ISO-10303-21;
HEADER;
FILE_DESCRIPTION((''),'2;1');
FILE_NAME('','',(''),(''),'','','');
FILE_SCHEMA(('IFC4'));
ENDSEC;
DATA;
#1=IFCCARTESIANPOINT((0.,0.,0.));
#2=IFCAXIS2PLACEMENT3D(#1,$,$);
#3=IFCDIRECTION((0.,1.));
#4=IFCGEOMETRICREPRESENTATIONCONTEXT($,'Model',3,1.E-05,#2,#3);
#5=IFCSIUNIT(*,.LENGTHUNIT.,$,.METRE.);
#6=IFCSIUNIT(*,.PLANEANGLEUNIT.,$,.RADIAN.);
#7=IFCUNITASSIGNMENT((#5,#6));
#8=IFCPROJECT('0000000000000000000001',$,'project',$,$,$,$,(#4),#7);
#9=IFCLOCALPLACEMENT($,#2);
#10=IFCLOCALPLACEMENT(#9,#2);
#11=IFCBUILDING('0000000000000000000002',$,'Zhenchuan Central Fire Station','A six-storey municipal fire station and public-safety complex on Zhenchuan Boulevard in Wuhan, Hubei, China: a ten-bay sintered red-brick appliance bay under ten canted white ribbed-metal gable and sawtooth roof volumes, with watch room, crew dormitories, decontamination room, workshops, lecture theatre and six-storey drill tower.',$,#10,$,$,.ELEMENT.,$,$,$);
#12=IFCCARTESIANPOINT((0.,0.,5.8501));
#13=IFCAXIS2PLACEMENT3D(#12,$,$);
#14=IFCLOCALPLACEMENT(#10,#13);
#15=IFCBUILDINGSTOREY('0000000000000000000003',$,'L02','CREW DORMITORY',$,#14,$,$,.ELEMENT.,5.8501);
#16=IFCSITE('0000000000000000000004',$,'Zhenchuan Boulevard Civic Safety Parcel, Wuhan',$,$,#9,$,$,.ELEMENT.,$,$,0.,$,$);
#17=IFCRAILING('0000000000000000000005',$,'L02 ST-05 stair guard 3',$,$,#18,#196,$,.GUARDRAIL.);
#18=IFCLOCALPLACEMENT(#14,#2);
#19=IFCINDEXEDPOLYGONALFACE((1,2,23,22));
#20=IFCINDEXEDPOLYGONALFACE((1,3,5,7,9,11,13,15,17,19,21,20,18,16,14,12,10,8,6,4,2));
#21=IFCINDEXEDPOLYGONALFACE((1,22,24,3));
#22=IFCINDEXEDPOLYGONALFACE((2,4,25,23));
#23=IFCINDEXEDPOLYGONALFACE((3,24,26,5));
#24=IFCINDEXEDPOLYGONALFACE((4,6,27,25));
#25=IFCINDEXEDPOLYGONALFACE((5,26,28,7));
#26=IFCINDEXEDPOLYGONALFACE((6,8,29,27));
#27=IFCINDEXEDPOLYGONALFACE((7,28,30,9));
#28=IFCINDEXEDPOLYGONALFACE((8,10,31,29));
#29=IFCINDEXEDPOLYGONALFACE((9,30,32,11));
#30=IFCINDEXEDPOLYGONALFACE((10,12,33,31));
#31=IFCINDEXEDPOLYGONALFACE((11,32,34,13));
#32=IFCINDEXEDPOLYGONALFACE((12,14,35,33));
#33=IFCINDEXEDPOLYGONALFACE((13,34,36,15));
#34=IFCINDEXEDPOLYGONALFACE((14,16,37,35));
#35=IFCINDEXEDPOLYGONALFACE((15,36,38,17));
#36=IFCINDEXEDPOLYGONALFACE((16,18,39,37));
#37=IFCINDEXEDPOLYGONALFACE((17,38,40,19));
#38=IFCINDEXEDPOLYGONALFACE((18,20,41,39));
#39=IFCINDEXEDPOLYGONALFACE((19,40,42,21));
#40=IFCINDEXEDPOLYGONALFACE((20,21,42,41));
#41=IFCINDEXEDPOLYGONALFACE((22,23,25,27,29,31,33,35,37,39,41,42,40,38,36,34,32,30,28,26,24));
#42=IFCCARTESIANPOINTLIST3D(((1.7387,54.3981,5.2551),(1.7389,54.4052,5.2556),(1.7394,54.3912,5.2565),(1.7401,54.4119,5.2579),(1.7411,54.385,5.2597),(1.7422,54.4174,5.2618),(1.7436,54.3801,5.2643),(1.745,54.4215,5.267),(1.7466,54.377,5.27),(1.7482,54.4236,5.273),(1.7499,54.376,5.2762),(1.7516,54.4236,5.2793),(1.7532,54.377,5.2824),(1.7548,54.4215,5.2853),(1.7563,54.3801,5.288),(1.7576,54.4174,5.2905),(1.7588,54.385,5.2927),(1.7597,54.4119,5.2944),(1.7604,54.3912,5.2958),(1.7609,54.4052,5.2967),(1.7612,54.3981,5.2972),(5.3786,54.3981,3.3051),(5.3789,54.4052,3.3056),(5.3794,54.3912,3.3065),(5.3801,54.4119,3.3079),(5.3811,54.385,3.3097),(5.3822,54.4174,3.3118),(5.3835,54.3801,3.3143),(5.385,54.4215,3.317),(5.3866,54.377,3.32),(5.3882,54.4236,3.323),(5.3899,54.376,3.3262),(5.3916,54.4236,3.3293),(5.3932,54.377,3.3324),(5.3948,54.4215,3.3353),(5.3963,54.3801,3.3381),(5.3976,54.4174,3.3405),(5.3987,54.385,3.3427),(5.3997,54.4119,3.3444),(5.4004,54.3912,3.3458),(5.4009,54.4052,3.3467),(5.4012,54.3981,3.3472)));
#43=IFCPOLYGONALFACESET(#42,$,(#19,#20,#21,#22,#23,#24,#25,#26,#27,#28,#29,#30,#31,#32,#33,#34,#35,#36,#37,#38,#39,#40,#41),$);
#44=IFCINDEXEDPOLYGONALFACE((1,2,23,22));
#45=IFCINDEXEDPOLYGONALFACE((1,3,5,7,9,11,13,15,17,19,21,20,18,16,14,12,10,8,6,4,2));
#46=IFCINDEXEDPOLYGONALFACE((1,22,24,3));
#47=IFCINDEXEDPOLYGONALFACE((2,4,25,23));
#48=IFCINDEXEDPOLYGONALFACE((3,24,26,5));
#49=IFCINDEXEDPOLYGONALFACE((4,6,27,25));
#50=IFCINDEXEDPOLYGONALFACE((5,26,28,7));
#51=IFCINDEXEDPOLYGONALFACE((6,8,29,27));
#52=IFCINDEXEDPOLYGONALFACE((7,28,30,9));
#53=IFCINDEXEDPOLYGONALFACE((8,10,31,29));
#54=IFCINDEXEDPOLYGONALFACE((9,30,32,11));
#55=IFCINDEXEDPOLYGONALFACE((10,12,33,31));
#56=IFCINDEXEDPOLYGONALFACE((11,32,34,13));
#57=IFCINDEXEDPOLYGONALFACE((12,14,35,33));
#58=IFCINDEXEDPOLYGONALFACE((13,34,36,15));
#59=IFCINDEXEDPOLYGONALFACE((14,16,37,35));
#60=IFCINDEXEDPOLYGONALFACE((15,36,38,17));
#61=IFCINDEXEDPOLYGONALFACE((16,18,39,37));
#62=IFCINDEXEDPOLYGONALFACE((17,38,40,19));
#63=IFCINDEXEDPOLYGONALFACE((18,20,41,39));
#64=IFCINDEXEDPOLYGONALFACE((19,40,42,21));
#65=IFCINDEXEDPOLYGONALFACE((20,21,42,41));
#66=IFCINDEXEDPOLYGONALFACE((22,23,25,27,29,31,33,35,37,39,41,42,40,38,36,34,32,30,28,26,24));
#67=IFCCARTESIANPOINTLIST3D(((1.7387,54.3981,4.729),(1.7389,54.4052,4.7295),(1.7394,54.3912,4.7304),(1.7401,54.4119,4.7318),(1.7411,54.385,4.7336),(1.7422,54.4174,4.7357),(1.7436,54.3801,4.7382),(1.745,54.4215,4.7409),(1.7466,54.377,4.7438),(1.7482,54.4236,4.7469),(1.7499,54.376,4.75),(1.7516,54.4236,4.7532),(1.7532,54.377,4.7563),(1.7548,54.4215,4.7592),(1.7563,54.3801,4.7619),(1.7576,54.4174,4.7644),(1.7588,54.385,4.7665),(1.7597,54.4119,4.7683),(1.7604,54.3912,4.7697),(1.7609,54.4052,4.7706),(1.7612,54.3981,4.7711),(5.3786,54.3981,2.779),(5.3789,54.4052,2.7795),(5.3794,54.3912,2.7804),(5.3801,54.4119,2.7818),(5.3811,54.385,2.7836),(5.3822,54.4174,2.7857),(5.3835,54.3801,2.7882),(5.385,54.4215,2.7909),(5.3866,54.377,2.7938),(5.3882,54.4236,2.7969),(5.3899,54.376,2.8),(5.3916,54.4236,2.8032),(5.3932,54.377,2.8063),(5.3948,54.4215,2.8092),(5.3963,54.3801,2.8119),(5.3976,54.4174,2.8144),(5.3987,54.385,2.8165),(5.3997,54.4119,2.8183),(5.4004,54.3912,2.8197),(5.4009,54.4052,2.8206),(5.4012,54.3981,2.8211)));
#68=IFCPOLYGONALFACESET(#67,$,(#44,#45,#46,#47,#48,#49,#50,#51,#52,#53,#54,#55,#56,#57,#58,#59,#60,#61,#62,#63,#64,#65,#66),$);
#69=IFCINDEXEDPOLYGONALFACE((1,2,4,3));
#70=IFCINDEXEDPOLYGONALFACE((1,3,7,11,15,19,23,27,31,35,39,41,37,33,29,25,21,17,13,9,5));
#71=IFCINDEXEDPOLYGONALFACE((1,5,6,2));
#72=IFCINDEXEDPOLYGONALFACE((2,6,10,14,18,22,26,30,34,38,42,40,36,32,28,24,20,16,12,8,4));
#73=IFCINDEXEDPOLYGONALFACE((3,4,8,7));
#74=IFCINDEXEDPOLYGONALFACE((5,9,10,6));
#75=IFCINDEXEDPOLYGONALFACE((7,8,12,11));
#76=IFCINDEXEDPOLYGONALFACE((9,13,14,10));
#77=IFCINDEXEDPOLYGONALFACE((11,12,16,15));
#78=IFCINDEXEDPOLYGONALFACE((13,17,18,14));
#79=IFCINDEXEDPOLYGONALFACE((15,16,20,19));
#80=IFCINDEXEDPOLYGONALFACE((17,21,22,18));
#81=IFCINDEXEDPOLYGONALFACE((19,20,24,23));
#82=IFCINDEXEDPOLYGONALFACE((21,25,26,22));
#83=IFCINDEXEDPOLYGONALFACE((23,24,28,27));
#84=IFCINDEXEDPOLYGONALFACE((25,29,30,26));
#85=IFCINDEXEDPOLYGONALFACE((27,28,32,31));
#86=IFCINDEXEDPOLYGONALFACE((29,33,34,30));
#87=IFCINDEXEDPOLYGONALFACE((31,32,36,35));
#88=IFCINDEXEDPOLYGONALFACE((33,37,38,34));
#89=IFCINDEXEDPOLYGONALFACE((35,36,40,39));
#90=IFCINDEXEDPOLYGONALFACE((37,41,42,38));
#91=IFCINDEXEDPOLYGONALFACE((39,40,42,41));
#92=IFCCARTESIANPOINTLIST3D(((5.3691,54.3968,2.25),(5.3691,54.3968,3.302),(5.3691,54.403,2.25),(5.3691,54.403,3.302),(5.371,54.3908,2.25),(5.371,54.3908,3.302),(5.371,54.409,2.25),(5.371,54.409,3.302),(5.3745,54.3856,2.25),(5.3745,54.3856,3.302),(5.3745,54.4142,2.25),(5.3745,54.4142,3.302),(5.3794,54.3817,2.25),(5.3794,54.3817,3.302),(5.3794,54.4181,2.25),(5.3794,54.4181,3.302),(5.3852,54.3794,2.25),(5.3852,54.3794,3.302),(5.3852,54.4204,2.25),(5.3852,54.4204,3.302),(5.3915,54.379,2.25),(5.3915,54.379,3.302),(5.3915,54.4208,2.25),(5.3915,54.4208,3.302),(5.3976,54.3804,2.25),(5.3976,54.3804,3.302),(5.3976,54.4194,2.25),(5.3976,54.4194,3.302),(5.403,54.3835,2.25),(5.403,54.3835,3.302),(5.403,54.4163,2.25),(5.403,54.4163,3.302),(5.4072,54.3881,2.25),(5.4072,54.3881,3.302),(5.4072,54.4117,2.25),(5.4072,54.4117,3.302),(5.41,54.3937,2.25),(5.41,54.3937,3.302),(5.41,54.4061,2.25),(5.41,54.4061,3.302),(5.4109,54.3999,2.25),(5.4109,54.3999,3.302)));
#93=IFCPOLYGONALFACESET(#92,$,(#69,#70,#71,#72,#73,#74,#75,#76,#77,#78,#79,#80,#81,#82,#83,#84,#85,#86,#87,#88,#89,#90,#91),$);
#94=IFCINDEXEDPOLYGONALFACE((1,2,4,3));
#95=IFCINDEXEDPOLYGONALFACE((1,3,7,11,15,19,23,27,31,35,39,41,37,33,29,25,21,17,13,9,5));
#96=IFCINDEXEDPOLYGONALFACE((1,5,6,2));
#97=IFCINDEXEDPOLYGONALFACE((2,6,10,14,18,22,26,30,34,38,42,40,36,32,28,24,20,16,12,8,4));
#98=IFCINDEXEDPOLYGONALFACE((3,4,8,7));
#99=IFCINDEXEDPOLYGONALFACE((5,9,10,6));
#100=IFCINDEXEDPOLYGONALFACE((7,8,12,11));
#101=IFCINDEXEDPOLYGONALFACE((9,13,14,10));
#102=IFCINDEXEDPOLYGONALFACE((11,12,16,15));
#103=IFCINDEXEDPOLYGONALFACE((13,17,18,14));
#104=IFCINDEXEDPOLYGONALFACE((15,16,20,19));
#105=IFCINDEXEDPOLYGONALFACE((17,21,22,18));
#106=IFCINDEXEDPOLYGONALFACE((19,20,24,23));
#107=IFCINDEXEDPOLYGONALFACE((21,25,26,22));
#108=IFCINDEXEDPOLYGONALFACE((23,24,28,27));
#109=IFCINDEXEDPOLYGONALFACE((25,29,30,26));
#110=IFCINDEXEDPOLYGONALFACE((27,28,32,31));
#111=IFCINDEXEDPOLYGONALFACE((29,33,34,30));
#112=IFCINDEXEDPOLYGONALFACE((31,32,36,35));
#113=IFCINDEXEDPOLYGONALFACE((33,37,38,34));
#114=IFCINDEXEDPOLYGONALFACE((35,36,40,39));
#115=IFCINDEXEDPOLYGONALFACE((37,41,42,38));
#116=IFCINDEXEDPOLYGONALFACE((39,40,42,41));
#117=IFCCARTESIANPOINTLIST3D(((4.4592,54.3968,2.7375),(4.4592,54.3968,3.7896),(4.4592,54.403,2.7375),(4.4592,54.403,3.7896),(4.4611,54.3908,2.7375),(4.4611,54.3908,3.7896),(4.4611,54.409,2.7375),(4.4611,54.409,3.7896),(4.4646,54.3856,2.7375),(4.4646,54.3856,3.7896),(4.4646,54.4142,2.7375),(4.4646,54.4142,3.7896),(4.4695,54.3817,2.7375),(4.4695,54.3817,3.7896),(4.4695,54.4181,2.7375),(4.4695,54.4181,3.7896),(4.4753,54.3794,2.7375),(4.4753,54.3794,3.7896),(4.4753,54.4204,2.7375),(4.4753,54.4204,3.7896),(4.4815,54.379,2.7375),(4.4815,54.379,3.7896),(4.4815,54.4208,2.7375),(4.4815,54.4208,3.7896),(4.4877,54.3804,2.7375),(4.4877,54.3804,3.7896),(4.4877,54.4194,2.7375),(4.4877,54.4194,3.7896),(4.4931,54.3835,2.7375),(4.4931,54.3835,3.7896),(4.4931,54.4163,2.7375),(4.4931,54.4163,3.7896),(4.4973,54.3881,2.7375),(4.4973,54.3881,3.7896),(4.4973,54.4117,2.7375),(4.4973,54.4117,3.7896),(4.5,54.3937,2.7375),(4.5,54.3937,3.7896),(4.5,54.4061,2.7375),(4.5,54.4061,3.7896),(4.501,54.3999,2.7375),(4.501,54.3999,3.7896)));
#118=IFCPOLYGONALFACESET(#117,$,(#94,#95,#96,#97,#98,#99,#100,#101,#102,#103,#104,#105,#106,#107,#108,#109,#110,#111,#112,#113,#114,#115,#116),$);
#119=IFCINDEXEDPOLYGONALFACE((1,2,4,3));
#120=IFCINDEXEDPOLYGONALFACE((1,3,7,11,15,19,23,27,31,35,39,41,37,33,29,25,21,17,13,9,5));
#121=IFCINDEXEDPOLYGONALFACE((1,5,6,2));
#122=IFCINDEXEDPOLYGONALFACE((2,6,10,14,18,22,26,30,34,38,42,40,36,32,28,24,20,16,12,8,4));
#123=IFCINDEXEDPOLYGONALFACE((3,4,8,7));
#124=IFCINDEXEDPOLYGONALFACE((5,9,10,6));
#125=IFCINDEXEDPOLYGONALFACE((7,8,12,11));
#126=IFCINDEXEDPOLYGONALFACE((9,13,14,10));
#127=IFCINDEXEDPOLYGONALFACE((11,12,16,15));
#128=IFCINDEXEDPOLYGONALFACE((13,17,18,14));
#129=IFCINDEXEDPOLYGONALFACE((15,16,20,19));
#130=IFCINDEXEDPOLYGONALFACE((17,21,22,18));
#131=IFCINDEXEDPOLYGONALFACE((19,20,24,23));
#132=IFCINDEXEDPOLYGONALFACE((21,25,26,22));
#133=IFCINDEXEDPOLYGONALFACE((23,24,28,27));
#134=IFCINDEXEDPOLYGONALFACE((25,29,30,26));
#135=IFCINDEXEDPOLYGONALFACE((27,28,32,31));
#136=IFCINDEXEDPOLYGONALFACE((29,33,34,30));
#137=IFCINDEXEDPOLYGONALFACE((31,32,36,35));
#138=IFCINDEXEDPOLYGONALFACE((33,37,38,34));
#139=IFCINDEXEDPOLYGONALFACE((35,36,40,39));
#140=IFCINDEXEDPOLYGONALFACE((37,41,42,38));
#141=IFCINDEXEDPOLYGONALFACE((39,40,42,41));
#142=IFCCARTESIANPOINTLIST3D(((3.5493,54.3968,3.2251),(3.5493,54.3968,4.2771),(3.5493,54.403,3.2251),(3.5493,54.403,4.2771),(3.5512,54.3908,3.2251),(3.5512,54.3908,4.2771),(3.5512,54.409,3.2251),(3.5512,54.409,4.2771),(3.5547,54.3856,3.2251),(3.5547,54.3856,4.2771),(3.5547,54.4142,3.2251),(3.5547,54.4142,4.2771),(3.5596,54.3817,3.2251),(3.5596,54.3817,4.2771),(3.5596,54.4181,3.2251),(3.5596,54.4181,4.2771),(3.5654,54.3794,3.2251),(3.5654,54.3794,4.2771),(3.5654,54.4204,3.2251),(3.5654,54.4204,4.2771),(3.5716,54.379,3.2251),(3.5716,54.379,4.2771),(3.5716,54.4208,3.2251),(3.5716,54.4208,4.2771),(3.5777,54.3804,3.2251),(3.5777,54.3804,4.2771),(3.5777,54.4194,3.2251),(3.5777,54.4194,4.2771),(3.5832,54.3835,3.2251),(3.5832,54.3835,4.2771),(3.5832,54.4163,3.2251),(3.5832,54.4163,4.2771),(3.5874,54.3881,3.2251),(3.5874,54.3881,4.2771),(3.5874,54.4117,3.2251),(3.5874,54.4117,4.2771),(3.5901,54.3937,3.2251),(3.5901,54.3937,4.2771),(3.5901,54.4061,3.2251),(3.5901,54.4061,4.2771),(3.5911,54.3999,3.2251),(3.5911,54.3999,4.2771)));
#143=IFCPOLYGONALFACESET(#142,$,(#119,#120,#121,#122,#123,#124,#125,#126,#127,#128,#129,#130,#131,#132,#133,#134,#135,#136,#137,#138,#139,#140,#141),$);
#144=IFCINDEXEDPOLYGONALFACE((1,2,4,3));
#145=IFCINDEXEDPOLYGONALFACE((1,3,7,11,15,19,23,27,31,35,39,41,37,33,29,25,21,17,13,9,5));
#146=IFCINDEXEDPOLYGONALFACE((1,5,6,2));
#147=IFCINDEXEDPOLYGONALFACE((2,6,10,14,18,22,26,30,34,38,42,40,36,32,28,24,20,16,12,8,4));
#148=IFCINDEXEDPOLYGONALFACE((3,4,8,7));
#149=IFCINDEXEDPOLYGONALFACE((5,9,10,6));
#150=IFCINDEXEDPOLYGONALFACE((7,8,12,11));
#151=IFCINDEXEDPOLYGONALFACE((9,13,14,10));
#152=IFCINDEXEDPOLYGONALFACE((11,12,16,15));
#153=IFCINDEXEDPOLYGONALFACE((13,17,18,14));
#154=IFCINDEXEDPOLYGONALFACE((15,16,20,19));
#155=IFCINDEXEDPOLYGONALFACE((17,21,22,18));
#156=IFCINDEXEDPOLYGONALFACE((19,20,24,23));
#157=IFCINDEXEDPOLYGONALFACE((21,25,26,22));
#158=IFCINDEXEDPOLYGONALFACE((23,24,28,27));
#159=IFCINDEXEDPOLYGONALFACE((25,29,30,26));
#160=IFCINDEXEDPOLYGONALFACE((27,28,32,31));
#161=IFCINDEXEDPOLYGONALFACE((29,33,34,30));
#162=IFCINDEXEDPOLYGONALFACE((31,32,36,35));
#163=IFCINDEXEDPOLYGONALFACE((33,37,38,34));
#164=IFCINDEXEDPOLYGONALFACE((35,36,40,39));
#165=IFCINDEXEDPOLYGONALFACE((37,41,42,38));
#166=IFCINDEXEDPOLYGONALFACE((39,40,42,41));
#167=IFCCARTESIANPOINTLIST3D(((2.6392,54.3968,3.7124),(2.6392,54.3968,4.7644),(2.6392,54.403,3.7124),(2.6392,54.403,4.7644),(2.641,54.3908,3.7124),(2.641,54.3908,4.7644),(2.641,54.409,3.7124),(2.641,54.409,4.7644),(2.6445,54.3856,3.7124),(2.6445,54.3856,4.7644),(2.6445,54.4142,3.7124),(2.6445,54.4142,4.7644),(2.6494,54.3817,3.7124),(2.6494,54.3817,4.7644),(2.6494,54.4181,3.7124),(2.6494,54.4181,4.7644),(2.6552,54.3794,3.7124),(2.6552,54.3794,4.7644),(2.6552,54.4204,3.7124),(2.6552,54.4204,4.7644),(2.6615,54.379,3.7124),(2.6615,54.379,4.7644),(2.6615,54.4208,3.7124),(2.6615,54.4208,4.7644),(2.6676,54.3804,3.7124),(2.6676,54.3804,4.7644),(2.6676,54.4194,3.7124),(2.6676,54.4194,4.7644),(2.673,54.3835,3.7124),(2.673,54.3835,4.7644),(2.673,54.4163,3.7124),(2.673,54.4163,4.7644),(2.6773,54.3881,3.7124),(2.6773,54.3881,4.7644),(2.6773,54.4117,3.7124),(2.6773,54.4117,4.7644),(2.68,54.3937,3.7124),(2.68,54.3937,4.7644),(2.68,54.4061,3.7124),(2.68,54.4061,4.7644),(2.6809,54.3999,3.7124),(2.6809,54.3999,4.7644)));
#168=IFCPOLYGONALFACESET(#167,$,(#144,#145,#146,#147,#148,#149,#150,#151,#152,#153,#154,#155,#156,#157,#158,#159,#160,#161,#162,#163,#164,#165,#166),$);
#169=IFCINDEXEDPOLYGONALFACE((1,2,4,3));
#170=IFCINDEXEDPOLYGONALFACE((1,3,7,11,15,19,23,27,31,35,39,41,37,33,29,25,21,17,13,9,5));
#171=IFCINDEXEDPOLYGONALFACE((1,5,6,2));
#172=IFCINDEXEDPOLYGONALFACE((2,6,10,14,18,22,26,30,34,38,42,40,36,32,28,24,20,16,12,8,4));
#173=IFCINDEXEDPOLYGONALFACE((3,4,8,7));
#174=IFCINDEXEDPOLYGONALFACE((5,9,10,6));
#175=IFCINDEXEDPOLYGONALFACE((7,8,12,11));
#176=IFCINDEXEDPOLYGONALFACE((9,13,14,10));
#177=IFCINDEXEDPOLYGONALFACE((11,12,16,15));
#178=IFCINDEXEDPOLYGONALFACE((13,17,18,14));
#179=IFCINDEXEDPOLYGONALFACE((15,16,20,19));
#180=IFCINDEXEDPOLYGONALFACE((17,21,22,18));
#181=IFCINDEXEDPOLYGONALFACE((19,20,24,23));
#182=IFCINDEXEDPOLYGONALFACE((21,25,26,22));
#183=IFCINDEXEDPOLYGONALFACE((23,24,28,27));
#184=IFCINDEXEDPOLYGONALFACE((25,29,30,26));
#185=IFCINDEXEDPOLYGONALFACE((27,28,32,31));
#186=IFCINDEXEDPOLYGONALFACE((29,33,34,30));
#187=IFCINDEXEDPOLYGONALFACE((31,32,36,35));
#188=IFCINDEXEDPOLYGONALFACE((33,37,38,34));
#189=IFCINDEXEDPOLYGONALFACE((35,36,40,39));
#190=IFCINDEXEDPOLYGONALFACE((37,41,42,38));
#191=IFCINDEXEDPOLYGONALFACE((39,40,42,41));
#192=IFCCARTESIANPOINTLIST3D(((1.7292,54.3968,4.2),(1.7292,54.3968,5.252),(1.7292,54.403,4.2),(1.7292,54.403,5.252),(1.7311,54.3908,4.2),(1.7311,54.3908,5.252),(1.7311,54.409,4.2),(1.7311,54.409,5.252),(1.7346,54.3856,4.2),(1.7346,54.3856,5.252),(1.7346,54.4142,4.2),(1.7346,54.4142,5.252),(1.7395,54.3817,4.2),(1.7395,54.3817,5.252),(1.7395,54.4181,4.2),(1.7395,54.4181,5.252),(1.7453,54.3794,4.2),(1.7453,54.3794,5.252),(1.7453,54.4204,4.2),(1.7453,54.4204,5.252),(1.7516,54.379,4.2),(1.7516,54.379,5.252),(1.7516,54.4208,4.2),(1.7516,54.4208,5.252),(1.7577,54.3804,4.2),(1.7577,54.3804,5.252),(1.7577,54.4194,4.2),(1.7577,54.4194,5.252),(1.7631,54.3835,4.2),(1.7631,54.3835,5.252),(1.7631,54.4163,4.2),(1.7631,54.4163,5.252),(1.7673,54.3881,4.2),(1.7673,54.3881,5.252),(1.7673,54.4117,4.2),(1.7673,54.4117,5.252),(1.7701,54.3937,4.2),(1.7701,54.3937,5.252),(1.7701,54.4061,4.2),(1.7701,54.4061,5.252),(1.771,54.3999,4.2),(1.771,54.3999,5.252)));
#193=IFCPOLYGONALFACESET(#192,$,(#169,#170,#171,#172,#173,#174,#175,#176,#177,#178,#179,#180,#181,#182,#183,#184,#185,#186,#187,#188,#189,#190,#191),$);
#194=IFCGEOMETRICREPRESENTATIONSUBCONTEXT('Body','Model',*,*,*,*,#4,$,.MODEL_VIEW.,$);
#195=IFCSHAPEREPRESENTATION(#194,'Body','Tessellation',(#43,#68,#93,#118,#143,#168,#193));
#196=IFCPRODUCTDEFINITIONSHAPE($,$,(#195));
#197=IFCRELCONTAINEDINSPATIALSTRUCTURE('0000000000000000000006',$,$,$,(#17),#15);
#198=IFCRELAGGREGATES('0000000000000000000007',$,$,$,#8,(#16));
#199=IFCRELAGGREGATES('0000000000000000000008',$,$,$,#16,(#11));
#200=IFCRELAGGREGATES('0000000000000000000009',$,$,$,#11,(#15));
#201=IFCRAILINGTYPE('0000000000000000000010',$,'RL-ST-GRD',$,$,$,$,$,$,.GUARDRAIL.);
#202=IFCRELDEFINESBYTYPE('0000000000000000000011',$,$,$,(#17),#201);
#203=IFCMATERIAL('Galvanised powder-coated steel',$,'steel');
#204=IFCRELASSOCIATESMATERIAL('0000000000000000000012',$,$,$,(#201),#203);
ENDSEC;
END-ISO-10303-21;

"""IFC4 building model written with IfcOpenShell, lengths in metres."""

from ifc_helpers import new_model, si_unit, direction, frame, origin, origin_2d, place, context, subcontext, project, spatial, circle, extrude, material, type_object, element, save


model = new_model("IFC4")

# Units and contexts
model_context = context("Model", 3, precision=1e-05, world=origin(), true_north=direction((0.0, 1.0)))
body_context = subcontext(model_context, "Body", "Model", "MODEL_VIEW")
ifc_project = project(units=[si_unit("LENGTHUNIT", "METRE"), si_unit("PLANEANGLEUNIT", "RADIAN")], contexts=[model_context])

# Site, building, storey
site_placement = place(None, origin())
site = spatial("IfcSite", under=ifc_project, at=site_placement, Name="Zhenchuan Boulevard Civic Safety Parcel, Wuhan", CompositionType="ELEMENT", RefElevation=0.0)
building_placement = place(site_placement, origin())
building = spatial("IfcBuilding", under=site, at=building_placement, Name="Zhenchuan Central Fire Station", Description="A six-storey municipal fire station and public-safety complex on Zhenchuan Boulevard in Wuhan, Hubei, China: a ten-bay sintered red-brick appliance bay under ten canted white ribbed-metal gable and sawtooth roof volumes, with watch room, crew dormitories, decontamination room, workshops, lecture theatre and six-storey drill tower.", CompositionType="ELEMENT")
storey_placement = place(building_placement, frame((0.0, 0.0, 5.8501)))
storey = spatial("IfcBuildingStorey", under=building, at=storey_placement, Name="L02", Description="CREW DORMITORY", CompositionType="ELEMENT", Elevation=5.8501)

# Railing
ifc_material_1 = material(Name="Galvanised powder-coated steel", Category="steel")
railing_type_1 = type_object("IfcRailingType", Name="RL-ST-GRD", PredefinedType="GUARDRAIL", material=ifc_material_1)
railing_1_placement = place(storey_placement, frame((5.3899, 54.3999, 2.25)))
element("IfcRailing", 1, at=railing_1_placement, inside=storey, type_object=railing_type_1, Name="L02 ST-05 stair guard 3", PredefinedType="GUARDRAIL", context=body_context, shape_type="SweptSolid", body=[
    extrude(circle(Radius=0.0239, at=origin_2d()), frame((0.0, 0.0, 1.0762), z_axis=(-0.881479, 0.0, 0.472223), x_axis=(0.0, -1.0, 0.0)), (0.0, 0.0, 1.0), 4.1294),
    extrude(circle(Radius=0.0239, at=origin_2d()), frame((0.0, 0.0, 0.55), z_axis=(-0.881479, 0.0, 0.472223), x_axis=(0.0, -1.0, 0.0)), (0.0, 0.0, 1.0), 4.1294),
    extrude(circle(Radius=0.021, at=origin_2d()), origin(), (0.0, 0.0, 1.0), 1.052),
    extrude(circle(Radius=0.021, at=origin_2d()), frame((-0.9099, 0.0, 0.4875)), (0.0, 0.0, 1.0), 1.052),
    extrude(circle(Radius=0.021, at=origin_2d()), frame((-1.8198, 0.0, 0.9751)), (0.0, 0.0, 1.0), 1.052),
    extrude(circle(Radius=0.021, at=origin_2d()), frame((-2.73, 0.0, 1.4624)), (0.0, 0.0, 1.0), 1.052),
    extrude(circle(Radius=0.021, at=origin_2d()), frame((-3.6399, 0.0, 1.95)), (0.0, 0.0, 1.0), 1.052),
])

save(model, "model.ifc")
